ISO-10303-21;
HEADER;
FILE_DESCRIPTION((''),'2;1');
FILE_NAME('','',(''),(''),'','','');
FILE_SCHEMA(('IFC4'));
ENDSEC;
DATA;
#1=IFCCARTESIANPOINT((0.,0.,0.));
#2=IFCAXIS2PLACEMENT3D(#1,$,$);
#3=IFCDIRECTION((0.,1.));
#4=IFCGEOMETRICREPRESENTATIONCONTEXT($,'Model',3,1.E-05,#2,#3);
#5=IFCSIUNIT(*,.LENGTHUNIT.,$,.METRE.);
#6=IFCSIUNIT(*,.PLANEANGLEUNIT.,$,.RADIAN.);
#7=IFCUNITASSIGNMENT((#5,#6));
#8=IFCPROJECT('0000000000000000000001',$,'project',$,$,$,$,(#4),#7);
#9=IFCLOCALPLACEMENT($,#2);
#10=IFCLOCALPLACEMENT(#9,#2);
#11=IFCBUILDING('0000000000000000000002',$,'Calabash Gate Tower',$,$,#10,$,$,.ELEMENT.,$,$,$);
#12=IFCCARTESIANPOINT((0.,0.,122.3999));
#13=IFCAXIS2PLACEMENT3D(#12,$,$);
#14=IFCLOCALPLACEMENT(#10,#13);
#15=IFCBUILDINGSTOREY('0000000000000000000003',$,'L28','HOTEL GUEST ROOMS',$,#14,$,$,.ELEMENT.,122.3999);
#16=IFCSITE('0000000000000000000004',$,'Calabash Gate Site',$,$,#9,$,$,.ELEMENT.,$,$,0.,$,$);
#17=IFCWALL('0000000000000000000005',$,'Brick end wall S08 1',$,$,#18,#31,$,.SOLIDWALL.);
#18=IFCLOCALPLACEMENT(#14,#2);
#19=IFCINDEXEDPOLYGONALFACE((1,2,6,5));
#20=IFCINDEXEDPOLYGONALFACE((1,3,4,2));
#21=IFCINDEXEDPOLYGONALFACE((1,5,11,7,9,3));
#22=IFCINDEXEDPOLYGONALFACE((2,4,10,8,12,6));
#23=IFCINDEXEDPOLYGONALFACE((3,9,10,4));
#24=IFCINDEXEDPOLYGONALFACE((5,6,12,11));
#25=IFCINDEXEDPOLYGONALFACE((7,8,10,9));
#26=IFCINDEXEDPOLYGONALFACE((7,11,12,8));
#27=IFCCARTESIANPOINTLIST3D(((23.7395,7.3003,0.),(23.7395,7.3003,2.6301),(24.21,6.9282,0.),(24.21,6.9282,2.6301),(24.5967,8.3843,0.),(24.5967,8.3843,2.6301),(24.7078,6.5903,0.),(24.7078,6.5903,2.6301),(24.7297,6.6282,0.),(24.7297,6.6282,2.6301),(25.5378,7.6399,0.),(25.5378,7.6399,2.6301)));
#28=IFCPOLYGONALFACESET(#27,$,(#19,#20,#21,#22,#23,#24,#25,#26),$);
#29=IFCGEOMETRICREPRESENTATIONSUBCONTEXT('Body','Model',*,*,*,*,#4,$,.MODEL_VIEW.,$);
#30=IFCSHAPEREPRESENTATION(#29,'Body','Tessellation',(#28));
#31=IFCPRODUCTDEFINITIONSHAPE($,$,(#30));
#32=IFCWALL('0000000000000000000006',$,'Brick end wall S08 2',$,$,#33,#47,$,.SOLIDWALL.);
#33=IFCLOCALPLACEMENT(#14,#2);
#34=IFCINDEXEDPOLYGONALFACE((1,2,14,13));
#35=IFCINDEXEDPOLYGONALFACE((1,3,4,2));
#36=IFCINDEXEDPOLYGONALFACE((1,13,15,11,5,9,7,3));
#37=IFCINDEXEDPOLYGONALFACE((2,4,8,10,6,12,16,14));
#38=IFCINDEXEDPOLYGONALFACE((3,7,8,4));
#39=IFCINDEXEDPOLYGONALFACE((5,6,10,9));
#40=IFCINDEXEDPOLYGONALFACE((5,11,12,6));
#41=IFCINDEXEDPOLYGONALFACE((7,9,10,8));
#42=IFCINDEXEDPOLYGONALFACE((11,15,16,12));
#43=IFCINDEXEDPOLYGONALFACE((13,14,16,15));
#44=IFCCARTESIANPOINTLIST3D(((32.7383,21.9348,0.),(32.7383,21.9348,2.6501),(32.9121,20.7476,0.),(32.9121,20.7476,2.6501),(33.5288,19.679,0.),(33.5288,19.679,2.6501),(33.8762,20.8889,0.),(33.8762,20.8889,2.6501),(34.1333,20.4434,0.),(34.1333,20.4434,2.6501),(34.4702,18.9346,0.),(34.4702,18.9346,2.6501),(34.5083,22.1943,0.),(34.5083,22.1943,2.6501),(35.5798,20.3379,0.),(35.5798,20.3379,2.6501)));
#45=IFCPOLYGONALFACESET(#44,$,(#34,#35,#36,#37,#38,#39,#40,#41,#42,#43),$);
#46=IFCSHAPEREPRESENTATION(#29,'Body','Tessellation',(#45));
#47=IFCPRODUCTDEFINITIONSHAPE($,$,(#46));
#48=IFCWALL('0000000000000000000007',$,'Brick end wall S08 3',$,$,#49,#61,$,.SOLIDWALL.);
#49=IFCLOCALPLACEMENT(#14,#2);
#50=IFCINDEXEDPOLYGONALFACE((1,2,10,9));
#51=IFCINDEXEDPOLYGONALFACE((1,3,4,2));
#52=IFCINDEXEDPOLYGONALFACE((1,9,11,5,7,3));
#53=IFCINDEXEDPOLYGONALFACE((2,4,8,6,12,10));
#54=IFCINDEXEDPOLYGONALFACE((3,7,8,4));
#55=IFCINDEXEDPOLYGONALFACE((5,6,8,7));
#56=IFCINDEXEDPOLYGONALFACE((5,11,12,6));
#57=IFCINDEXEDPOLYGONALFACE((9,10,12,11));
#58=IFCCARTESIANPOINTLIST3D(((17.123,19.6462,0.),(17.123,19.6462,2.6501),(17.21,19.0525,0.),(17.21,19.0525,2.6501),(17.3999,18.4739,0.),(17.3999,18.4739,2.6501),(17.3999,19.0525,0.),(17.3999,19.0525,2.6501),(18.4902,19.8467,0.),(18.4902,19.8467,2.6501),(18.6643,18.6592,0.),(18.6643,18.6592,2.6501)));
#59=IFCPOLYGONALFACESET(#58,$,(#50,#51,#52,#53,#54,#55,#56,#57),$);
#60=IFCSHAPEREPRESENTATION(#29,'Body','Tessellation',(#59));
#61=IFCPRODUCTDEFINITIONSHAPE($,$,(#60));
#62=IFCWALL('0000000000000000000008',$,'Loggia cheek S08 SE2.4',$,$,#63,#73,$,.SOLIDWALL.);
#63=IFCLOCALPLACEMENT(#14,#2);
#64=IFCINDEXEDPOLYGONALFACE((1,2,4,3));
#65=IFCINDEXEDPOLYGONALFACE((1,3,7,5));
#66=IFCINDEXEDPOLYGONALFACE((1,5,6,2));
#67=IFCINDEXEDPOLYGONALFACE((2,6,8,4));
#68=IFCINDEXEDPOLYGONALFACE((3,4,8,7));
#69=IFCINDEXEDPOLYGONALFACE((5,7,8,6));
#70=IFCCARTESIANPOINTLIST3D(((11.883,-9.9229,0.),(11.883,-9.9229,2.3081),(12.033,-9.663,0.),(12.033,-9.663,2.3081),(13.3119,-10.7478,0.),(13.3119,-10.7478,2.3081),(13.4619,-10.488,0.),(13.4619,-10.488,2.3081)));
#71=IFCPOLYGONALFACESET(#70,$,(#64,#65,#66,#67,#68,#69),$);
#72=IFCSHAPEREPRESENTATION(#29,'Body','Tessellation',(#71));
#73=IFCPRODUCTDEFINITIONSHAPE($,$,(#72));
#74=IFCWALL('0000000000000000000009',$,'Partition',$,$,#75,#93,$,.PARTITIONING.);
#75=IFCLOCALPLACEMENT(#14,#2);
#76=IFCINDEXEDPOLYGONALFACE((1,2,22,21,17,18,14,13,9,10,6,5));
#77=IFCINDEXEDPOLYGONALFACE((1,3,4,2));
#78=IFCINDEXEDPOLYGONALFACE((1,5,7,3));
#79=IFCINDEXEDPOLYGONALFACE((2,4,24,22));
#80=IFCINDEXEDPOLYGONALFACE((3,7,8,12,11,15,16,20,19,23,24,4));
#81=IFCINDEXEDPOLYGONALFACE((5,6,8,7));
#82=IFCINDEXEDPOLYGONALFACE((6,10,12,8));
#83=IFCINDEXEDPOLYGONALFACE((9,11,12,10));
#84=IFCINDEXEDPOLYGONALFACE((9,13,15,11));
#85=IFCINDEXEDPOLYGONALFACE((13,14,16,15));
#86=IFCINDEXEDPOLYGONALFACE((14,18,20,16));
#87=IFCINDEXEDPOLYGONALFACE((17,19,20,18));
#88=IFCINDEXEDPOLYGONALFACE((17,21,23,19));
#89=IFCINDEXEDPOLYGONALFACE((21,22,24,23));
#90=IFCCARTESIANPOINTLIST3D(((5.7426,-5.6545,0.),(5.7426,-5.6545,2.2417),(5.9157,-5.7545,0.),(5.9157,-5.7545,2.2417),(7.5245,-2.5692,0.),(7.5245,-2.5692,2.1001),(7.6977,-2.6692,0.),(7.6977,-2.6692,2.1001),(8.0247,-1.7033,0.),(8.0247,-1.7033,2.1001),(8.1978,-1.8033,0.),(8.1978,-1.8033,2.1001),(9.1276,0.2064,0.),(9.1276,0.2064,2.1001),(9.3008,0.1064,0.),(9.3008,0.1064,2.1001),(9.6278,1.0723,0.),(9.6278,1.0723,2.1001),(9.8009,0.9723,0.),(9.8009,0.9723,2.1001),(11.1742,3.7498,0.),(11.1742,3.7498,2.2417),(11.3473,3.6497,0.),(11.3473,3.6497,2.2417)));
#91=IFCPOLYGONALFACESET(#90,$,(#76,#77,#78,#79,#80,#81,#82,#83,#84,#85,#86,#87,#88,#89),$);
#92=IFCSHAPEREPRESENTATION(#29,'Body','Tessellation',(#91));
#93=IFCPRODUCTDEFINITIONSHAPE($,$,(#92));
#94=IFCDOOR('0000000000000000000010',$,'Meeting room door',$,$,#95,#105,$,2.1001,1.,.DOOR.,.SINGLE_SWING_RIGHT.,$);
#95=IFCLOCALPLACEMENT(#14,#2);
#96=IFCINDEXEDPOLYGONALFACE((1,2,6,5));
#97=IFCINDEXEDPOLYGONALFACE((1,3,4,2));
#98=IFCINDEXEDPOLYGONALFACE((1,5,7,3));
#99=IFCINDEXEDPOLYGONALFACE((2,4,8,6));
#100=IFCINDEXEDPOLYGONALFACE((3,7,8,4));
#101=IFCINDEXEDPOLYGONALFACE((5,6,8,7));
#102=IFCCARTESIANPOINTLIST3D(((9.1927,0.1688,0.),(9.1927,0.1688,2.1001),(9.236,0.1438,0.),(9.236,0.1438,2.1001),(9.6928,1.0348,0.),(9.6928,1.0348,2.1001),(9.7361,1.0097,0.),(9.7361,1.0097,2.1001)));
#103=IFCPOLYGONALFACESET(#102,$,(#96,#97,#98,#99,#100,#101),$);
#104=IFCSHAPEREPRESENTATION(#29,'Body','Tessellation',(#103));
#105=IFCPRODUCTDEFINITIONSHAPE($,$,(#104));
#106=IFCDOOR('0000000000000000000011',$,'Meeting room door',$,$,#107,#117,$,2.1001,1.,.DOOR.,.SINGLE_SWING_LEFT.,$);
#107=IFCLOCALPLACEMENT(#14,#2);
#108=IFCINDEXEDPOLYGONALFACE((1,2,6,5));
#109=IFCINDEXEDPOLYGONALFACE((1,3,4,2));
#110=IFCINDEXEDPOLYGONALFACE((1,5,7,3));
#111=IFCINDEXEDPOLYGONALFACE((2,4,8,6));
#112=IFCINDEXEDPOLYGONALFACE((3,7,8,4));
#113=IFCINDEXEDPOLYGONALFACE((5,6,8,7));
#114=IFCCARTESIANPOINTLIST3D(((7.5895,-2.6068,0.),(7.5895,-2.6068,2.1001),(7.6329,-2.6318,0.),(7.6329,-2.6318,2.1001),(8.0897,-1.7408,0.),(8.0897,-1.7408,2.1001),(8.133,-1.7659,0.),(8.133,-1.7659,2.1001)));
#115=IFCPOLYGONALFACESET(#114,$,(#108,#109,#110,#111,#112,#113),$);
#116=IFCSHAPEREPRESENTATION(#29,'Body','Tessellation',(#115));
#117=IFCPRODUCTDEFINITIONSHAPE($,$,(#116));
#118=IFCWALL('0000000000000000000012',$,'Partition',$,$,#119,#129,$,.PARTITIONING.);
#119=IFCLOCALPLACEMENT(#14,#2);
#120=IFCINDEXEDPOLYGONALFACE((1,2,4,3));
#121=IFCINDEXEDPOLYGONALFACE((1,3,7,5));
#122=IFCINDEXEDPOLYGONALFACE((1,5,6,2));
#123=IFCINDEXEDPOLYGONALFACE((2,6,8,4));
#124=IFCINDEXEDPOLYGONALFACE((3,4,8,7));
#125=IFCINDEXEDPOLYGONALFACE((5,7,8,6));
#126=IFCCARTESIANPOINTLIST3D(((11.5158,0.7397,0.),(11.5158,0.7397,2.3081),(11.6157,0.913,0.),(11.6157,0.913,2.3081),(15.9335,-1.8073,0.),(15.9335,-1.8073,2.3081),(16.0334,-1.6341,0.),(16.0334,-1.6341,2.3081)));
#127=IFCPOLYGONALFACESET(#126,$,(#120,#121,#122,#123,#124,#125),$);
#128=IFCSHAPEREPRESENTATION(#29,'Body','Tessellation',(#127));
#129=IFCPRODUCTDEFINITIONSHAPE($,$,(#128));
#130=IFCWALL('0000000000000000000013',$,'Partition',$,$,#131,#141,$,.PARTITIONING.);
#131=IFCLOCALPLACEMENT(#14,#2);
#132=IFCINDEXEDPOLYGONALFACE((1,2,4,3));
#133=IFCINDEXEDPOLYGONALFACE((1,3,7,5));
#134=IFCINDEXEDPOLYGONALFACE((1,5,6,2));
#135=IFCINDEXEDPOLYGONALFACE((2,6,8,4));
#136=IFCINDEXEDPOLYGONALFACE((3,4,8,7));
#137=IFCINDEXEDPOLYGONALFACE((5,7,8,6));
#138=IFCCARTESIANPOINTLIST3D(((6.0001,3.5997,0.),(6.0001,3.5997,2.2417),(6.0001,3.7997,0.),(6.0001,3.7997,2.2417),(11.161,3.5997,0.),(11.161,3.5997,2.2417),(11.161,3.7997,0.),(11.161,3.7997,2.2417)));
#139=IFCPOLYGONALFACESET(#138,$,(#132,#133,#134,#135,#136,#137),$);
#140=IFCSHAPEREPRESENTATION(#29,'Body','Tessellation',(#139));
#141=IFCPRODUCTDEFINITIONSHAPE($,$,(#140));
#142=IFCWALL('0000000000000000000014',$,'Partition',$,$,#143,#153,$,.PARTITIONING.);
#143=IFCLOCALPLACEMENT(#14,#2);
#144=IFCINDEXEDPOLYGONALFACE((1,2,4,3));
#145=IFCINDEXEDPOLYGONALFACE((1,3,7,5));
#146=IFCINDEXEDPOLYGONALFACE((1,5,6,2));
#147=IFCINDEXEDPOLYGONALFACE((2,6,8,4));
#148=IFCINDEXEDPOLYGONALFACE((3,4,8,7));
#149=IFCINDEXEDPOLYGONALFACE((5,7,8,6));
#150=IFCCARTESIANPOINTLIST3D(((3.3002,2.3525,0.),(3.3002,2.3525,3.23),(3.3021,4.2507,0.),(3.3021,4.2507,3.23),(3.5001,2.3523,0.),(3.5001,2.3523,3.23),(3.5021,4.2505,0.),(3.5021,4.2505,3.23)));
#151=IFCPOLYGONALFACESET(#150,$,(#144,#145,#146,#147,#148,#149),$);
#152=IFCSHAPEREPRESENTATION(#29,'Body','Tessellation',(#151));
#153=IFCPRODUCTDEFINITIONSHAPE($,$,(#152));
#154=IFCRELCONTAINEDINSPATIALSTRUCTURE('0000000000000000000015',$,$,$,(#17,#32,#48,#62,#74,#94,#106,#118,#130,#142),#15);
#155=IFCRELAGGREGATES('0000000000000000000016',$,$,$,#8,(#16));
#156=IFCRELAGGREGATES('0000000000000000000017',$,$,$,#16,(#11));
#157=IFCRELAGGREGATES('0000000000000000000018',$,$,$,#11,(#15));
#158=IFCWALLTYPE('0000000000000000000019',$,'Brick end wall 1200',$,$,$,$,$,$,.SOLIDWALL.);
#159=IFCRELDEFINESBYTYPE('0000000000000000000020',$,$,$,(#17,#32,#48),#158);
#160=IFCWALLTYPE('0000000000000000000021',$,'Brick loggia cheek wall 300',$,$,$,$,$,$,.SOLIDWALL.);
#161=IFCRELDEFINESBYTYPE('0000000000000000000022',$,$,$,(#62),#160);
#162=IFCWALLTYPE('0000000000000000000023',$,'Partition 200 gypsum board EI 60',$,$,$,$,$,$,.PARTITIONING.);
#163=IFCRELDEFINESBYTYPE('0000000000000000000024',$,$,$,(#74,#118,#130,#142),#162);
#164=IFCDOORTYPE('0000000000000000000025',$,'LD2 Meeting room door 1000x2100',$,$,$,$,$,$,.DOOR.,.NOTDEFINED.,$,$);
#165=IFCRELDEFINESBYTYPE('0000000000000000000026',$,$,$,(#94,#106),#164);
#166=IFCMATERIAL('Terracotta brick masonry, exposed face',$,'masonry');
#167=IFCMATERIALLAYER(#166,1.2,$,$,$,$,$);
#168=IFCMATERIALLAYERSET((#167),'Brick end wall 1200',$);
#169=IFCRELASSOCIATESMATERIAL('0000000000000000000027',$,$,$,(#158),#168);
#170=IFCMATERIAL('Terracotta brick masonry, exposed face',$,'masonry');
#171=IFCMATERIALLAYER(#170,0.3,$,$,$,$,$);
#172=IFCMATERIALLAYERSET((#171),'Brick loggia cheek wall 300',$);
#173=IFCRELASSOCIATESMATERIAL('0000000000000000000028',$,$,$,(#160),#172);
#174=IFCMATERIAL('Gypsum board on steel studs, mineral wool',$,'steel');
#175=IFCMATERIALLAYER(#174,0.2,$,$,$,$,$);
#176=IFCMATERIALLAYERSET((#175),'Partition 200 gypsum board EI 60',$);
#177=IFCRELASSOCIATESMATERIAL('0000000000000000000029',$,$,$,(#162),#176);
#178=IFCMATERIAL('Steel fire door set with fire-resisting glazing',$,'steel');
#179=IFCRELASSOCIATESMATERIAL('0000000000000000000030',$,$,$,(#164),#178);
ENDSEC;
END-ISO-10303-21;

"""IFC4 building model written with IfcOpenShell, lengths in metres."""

from ifc_helpers import new_model, si_unit, direction, frame, frame_2d, origin, place, context, subcontext, project, spatial, polyline, rectangle, outline, extrude, material, layer, layer_set, type_object, element, fill, save


model = new_model("IFC4")

# Units and contexts
model_context = context("Model", 3, precision=1e-05, world=origin(), true_north=direction((0.0, 1.0)))
body_context = subcontext(model_context, "Body", "Model", "MODEL_VIEW")
ifc_project = project(units=[si_unit("LENGTHUNIT", "METRE"), si_unit("PLANEANGLEUNIT", "RADIAN")], contexts=[model_context])

# Site, building, storey
site_placement = place(None, origin())
site = spatial("IfcSite", under=ifc_project, at=site_placement, Name="Calabash Gate Site", CompositionType="ELEMENT", RefElevation=0.0)
building_placement = place(site_placement, origin())
building = spatial("IfcBuilding", under=site, at=building_placement, Name="Calabash Gate Tower", CompositionType="ELEMENT")
storey_placement = place(building_placement, frame((0.0, 0.0, 122.3999)))
storey = spatial("IfcBuildingStorey", under=building, at=storey_placement, Name="L28", Description="HOTEL GUEST ROOMS", CompositionType="ELEMENT", Elevation=122.3999)

# Walls
ifc_material_1 = material(Name="Terracotta brick masonry, exposed face", Category="masonry")
ifc_layer_1 = layer(ifc_material_1, 1.2)
ifc_layer_set_1 = layer_set([ifc_layer_1], Name="Brick end wall 1200")
wall_type_1 = type_object("IfcWallType", Name="Brick end wall 1200", PredefinedType="SOLIDWALL", material=ifc_layer_set_1)
wall_1_placement = place(storey_placement, origin())
element("IfcWall", 1, at=wall_1_placement, inside=storey, type_object=wall_type_1, Name="Brick end wall S08 1", PredefinedType="SOLIDWALL", context=body_context, shape_type="SweptSolid", body=[
    extrude(outline(polyline([(24.5967, 8.3843), (23.7395, 7.3003), (24.21, 6.9282), (24.7297, 6.6282), (24.7078, 6.5903), (25.5378, 7.6399), (24.5967, 8.3843)])), origin(), (0.0, 0.0, 1.0), 2.6301),
])
wall_2_placement = place(storey_placement, origin())
element("IfcWall", 2, at=wall_2_placement, inside=storey, type_object=wall_type_1, Name="Brick end wall S08 2", PredefinedType="SOLIDWALL", context=body_context, shape_type="SweptSolid", body=[
    extrude(outline(polyline([(34.1333, 20.4434), (33.5288, 19.679), (34.4702, 18.9346), (35.5798, 20.3379), (34.5083, 22.1943), (32.7383, 21.9348), (32.9121, 20.7476), (33.8762, 20.8889), (34.1333, 20.4434)])), origin(), (0.0, 0.0, 1.0), 2.6501),
])
wall_3_placement = place(storey_placement, origin())
element("IfcWall", 3, at=wall_3_placement, inside=storey, type_object=wall_type_1, Name="Brick end wall S08 3", PredefinedType="SOLIDWALL", context=body_context, shape_type="SweptSolid", body=[
    extrude(outline(polyline([(17.123, 19.6462), (17.21, 19.0525), (17.3999, 19.0525), (17.3999, 18.4739), (18.6643, 18.6592), (18.4902, 19.8467), (17.123, 19.6462)])), origin(), (0.0, 0.0, 1.0), 2.6501),
])
ifc_material_2 = material(Name="Terracotta brick masonry, exposed face", Category="masonry")
ifc_layer_2 = layer(ifc_material_2, 0.3)
ifc_layer_set_2 = layer_set([ifc_layer_2], Name="Brick loggia cheek wall 300")
wall_type_2 = type_object("IfcWallType", Name="Brick loggia cheek wall 300", PredefinedType="SOLIDWALL", material=ifc_layer_set_2)
wall_4_placement = place(storey_placement, frame((11.958, -9.793, 0.0), z_axis=(0.0, 0.0, 1.0), x_axis=(0.86604, -0.499974, 0.0)))
element("IfcWall", 4, at=wall_4_placement, inside=storey, type_object=wall_type_2, Name="Loggia cheek S08 SE2.4", PredefinedType="SOLIDWALL", context=body_context, shape_type="SweptSolid", body=[
    extrude(rectangle(XDim=1.6499, YDim=0.3, at=frame_2d((0.825, 0.0))), origin(), (0.0, 0.0, 1.0), 2.3081),
])

# Wall, openings, doors
ifc_material_3 = material(Name="Gypsum board on steel studs, mineral wool", Category="steel")
ifc_layer_3 = layer(ifc_material_3, 0.2)
ifc_layer_set_3 = layer_set([ifc_layer_3], Name="Partition 200 gypsum board EI 60")
wall_type_3 = type_object("IfcWallType", Name="Partition 200 gypsum board EI 60", PredefinedType="PARTITIONING", material=ifc_layer_set_3)
wall_5_placement = place(storey_placement, frame((5.8291, -5.7046, 0.0), z_axis=(0.0, 0.0, 1.0), x_axis=(0.500143, 0.865943, 0.0)))
wall_5 = element("IfcWall", 5, at=wall_5_placement, inside=storey, type_object=wall_type_3, Name="Partition", PredefinedType="PARTITIONING", context=body_context, shape_type="SweptSolid", body=[
    extrude(rectangle(XDim=10.8601, YDim=0.2, at=frame_2d((5.4302, 0.0))), origin(), (0.0, 0.0, 1.0), 2.2417),
])
opening_1_placement = place(wall_5_placement, frame((6.7683, 0.0, 0.0)))
opening_1 = element("IfcOpeningElement", 6, at=opening_1_placement, cuts=wall_5, PredefinedType="OPENING", context=body_context, shape_type="SweptSolid", body=[
    extrude(rectangle(XDim=1.0, YDim=2.1001, at=frame_2d((0.5, 1.05))), frame((0.0, 0.1099, 0.0), z_axis=(0.0, -1.0, 0.0), x_axis=(1.0, 0.0, 0.0)), (0.0, 0.0, 1.0), 0.22),
])
opening_2_placement = place(wall_5_placement, frame((3.563, 0.0, 0.0)))
opening_2 = element("IfcOpeningElement", 7, at=opening_2_placement, cuts=wall_5, PredefinedType="OPENING", context=body_context, shape_type="SweptSolid", body=[
    extrude(rectangle(XDim=1.0, YDim=2.1001, at=frame_2d((0.5, 1.05))), frame((0.0, 0.1099, 0.0), z_axis=(0.0, -1.0, 0.0), x_axis=(1.0, 0.0, 0.0)), (0.0, 0.0, 1.0), 0.22),
])
ifc_material_4 = material(Name="Steel fire door set with fire-resisting glazing", Category="steel")
door_type_1 = type_object("IfcDoorType", Name="LD2 Meeting room door 1000x2100", OperationType="NOTDEFINED", PredefinedType="DOOR", material=ifc_material_4)
door_1_placement = place(opening_1_placement, origin())
door_1 = element("IfcDoor", 8, at=door_1_placement, inside=storey, type_object=door_type_1, Name="Meeting room door", OperationType="SINGLE_SWING_RIGHT", OverallHeight=2.1001, OverallWidth=1.0, PredefinedType="DOOR", context=body_context, shape_type="SweptSolid", body=[
    extrude(rectangle(XDim=1.0, YDim=2.1001, at=frame_2d((0.5, 1.05))), frame((0.0, 0.0249, 0.0), z_axis=(0.0, -1.0, 0.0), x_axis=(1.0, 0.0, 0.0)), (0.0, 0.0, 1.0), 0.05),
])
fill(opening_1, door_1)
door_2_placement = place(opening_2_placement, origin())
door_2 = element("IfcDoor", 9, at=door_2_placement, inside=storey, type_object=door_type_1, Name="Meeting room door", OperationType="SINGLE_SWING_LEFT", OverallHeight=2.1001, OverallWidth=1.0, PredefinedType="DOOR", context=body_context, shape_type="SweptSolid", body=[
    extrude(rectangle(XDim=1.0, YDim=2.1001, at=frame_2d((0.5, 1.05))), frame((0.0, 0.0249, 0.0), z_axis=(0.0, -1.0, 0.0), x_axis=(1.0, 0.0, 0.0)), (0.0, 0.0, 1.0), 0.05),
])
fill(opening_2, door_2)

# Walls
wall_6_placement = place(storey_placement, frame((11.5657, 0.8264, 0.0), z_axis=(0.0, 0.0, 1.0), x_axis=(0.866319, -0.499492, 0.0)))
element("IfcWall", 10, at=wall_6_placement, inside=storey, type_object=wall_type_3, Name="Partition", PredefinedType="PARTITIONING", context=body_context, shape_type="SweptSolid", body=[
    extrude(rectangle(XDim=5.0994, YDim=0.2, at=frame_2d((2.5498, 0.0))), origin(), (0.0, 0.0, 1.0), 2.3081),
])
wall_7_placement = place(storey_placement, frame((6.0, 3.6997, 0.0), z_axis=(0.0, 0.0, 1.0), x_axis=(1.0, 0.0, 0.0)))
element("IfcWall", 11, at=wall_7_placement, inside=storey, type_object=wall_type_3, Name="Partition", PredefinedType="PARTITIONING", context=body_context, shape_type="SweptSolid", body=[
    extrude(rectangle(XDim=5.1609, YDim=0.2, at=frame_2d((2.5806, 0.0))), origin(), (0.0, 0.0, 1.0), 2.2417),
])
wall_8_placement = place(storey_placement, frame((3.4001, 2.3523, 0.0), z_axis=(0.0, 0.0, 1.0), x_axis=(0.001029, 0.999999, 0.0)))
element("IfcWall", 12, at=wall_8_placement, inside=storey, type_object=wall_type_3, Name="Partition", PredefinedType="PARTITIONING", context=body_context, shape_type="SweptSolid", body=[
    extrude(rectangle(XDim=1.8982, YDim=0.2, at=frame_2d((0.9492, 0.0))), origin(), (0.0, 0.0, 1.0), 3.23),
])

save(model, "model.ifc")
